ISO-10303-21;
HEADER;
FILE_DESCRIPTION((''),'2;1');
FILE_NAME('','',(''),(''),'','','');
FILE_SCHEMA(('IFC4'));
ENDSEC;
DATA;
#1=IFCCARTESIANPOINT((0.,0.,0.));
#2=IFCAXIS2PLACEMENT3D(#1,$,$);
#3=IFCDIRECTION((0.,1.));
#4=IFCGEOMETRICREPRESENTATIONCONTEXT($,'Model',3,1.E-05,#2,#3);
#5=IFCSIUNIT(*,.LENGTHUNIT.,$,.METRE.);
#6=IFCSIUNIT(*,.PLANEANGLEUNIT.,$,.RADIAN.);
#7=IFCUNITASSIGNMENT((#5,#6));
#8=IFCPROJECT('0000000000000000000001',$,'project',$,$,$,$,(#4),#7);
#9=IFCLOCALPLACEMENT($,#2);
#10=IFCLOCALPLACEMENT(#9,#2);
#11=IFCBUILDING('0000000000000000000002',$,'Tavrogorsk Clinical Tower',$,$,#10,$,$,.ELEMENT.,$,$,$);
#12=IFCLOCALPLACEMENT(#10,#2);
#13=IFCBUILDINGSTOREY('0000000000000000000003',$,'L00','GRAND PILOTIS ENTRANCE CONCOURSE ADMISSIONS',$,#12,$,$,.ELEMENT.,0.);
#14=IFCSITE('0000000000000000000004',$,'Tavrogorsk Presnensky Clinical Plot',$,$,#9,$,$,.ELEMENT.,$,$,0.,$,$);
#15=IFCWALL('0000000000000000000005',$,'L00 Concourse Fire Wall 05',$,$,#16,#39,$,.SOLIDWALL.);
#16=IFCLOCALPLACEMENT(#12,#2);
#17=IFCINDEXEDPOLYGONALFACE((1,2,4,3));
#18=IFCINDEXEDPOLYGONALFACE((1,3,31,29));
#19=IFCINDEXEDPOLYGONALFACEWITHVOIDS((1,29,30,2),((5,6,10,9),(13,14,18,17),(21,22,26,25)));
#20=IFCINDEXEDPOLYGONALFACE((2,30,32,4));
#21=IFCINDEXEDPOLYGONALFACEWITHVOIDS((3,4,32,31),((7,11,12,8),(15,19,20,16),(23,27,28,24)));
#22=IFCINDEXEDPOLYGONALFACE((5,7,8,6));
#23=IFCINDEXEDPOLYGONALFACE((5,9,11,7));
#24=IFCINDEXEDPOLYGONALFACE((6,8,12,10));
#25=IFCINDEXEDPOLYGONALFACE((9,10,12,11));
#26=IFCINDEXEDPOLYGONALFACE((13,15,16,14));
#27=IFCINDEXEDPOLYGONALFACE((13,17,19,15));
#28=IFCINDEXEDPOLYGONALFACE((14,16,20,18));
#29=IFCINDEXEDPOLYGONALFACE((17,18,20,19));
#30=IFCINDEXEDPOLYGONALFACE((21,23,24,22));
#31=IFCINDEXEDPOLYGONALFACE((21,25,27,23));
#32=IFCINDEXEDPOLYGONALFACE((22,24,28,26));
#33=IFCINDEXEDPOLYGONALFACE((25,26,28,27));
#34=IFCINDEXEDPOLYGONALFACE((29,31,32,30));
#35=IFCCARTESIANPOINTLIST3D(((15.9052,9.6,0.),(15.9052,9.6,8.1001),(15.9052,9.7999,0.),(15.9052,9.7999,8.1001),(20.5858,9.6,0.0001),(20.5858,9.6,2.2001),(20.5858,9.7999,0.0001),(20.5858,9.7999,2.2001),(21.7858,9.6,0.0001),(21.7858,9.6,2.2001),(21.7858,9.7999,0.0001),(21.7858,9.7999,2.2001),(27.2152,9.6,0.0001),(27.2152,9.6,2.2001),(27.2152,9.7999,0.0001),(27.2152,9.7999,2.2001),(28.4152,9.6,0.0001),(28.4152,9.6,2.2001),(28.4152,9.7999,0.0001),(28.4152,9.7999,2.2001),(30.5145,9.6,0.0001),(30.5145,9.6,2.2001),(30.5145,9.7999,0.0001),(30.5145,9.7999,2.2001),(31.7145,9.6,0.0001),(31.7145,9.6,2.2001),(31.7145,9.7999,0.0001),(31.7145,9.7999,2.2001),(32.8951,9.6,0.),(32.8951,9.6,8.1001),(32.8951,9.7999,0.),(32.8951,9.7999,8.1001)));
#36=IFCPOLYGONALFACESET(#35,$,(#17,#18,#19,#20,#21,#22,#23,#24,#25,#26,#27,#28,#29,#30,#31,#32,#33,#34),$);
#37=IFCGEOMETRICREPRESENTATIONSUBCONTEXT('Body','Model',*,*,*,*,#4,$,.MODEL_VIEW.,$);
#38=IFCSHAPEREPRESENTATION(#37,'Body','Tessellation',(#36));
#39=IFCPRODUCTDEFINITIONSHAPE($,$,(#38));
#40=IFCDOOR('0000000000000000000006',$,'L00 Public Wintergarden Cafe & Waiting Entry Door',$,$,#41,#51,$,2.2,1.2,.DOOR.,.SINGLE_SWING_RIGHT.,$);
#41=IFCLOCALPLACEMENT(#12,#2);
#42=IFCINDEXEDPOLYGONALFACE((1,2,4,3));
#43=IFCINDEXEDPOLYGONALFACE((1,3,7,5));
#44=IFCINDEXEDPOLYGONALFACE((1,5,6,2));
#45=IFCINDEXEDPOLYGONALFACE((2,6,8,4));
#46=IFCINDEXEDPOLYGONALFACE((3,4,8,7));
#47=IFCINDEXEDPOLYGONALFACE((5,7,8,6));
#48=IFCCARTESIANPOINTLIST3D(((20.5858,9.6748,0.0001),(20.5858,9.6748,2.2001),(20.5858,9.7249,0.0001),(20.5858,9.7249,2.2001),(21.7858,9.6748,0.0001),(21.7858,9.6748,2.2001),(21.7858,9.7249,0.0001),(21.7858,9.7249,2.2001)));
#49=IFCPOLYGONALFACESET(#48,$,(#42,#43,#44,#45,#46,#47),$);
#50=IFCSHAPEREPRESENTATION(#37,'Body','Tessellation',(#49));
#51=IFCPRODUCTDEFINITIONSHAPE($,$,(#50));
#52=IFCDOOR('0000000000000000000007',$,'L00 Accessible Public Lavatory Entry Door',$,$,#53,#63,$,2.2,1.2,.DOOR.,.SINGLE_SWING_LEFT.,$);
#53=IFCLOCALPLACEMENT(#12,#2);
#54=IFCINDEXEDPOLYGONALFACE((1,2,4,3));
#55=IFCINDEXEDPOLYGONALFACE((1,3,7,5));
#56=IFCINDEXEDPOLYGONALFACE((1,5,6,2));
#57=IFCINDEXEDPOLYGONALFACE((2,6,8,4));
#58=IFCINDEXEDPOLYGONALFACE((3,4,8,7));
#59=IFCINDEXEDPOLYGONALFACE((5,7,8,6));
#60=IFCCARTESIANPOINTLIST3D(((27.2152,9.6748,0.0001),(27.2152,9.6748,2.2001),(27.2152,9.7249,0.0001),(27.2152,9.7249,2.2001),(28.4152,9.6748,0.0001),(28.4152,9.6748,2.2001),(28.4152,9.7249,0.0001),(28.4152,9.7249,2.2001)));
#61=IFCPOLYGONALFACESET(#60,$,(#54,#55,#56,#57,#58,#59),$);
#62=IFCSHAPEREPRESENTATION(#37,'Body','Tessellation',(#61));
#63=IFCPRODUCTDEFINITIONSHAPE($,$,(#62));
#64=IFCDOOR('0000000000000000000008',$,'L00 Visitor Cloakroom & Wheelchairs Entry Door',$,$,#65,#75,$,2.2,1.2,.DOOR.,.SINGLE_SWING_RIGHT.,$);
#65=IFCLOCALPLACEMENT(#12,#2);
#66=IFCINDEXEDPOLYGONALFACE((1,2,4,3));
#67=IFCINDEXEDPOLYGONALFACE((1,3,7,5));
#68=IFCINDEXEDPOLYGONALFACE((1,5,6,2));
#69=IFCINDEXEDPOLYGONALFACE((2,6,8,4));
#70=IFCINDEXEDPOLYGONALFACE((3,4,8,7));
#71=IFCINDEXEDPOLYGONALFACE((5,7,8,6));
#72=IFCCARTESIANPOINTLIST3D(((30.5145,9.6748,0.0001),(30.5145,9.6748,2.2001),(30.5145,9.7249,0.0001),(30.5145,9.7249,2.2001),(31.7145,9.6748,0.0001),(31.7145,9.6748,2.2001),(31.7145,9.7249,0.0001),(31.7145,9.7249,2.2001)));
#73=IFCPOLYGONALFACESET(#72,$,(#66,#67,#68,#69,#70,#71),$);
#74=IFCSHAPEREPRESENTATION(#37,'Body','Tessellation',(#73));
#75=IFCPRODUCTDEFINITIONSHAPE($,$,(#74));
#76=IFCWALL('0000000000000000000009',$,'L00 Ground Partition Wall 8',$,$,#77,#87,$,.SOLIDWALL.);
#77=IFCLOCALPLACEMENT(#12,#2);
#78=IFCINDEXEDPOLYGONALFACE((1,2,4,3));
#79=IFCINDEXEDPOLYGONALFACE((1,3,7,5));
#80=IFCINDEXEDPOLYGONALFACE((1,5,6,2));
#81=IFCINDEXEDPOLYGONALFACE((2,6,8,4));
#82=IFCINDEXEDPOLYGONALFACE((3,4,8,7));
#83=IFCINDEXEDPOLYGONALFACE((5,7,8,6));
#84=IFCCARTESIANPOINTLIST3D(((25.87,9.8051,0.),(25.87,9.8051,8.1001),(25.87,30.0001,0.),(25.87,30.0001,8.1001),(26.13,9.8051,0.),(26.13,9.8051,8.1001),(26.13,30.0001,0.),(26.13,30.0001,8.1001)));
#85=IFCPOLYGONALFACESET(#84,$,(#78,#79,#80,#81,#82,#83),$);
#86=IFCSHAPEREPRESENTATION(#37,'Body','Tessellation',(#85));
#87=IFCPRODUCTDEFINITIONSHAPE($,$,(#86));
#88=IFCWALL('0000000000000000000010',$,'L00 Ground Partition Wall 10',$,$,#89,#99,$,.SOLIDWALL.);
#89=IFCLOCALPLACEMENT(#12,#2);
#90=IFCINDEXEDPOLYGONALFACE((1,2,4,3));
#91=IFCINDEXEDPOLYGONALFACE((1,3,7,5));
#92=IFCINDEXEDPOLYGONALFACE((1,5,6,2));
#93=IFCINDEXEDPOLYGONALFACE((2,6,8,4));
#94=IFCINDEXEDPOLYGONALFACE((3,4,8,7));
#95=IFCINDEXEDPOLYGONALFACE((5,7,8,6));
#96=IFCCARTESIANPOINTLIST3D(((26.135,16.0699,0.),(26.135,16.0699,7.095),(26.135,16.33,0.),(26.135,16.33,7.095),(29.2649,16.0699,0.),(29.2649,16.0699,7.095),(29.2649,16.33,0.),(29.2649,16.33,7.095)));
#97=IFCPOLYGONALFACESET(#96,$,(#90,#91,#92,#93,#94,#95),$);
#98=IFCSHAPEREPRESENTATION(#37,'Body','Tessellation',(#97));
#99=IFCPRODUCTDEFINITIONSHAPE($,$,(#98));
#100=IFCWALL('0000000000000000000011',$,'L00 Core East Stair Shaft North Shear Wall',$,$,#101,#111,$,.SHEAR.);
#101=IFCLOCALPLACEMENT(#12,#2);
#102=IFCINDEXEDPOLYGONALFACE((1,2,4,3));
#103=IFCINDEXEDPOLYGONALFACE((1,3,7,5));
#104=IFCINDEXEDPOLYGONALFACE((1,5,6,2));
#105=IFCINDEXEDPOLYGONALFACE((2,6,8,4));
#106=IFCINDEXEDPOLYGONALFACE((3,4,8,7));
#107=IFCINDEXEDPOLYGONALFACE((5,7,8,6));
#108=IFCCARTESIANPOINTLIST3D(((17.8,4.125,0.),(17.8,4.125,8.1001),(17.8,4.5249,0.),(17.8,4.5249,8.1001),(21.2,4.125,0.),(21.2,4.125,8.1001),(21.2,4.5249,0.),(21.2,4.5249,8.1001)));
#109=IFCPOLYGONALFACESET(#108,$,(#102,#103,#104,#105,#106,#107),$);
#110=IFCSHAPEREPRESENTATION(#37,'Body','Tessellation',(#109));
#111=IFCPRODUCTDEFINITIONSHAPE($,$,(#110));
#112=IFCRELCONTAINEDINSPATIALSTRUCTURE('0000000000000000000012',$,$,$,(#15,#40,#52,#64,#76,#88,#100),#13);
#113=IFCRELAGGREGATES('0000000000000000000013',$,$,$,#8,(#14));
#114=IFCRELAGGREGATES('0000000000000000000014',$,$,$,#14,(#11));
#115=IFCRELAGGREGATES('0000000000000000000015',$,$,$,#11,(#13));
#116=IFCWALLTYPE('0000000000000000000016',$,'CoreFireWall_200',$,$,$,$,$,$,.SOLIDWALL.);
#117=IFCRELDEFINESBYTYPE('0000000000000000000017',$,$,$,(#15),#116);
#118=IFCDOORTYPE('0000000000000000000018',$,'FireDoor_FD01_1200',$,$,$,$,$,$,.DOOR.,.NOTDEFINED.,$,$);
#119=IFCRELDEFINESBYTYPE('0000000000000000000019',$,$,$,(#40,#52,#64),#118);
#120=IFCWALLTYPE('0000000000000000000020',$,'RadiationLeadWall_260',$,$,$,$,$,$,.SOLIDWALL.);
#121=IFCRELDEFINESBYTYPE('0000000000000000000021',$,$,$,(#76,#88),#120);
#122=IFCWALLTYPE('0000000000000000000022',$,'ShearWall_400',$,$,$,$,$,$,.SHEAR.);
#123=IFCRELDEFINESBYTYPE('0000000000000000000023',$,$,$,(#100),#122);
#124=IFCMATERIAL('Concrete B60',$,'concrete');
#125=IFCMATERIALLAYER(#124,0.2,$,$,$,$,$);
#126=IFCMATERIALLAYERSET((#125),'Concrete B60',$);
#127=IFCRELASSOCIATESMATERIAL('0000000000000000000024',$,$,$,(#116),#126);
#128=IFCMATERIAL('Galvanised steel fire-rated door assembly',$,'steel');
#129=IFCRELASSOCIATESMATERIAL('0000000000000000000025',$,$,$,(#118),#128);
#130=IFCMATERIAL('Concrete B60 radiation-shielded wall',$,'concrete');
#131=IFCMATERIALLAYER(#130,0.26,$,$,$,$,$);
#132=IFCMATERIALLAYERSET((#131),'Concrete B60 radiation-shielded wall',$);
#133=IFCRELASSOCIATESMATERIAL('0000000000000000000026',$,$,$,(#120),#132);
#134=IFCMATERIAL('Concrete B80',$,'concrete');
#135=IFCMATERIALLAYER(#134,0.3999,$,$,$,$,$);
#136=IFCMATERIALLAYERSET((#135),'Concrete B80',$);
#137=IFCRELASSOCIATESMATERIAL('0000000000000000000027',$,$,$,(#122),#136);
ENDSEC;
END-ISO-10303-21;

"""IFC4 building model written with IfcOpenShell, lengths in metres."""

from ifc_helpers import new_model, si_unit, direction, frame, frame_2d, origin, place, context, subcontext, project, spatial, rectangle, extrude, material, layer, layer_set, type_object, element, fill, save


model = new_model("IFC4")

# Units and contexts
model_context = context("Model", 3, precision=1e-05, world=origin(), true_north=direction((0.0, 1.0)))
body_context = subcontext(model_context, "Body", "Model", "MODEL_VIEW")
ifc_project = project(units=[si_unit("LENGTHUNIT", "METRE"), si_unit("PLANEANGLEUNIT", "RADIAN")], contexts=[model_context])

# Site, building, storey
site_placement = place(None, origin())
site = spatial("IfcSite", under=ifc_project, at=site_placement, Name="Tavrogorsk Presnensky Clinical Plot", CompositionType="ELEMENT", RefElevation=0.0)
building_placement = place(site_placement, origin())
building = spatial("IfcBuilding", under=site, at=building_placement, Name="Tavrogorsk Clinical Tower", CompositionType="ELEMENT")
storey_placement = place(building_placement, origin())
storey = spatial("IfcBuildingStorey", under=building, at=storey_placement, Name="L00", Description="GRAND PILOTIS ENTRANCE CONCOURSE ADMISSIONS", CompositionType="ELEMENT", Elevation=0.0)

# Shared definitions
ifc_material_1 = material(Name="Concrete B60", Category="concrete")
ifc_layer_1 = layer(ifc_material_1, 0.2)
ifc_layer_set_1 = layer_set([ifc_layer_1], Name="Concrete B60")
wall_type_1 = type_object("IfcWallType", Name="CoreFireWall_200", PredefinedType="SOLIDWALL", material=ifc_layer_set_1)

# Wall, openings, doors
wall_1_placement = place(storey_placement, frame((15.905, 9.7, 0.0), z_axis=(0.0, 0.0, 1.0), x_axis=(1.0, 0.0, 0.0)))
wall_1 = element("IfcWall", 1, at=wall_1_placement, inside=storey, type_object=wall_type_1, Name="L00 Concourse Fire Wall 05", PredefinedType="SOLIDWALL", context=body_context, shape_type="SweptSolid", body=[
    extrude(rectangle(XDim=16.99, YDim=0.2, at=frame_2d((8.4951, 0.0))), origin(), (0.0, 0.0, 1.0), 8.1001),
])
opening_1_placement = place(wall_1_placement, frame((4.6807, 0.0, 0.0)))
opening_1 = element("IfcOpeningElement", 2, at=opening_1_placement, cuts=wall_1, PredefinedType="OPENING", context=body_context, shape_type="SweptSolid", body=[
    extrude(rectangle(XDim=1.2, YDim=2.2, at=frame_2d((0.6001, 1.1001))), frame((0.0, 0.1099, 0.0), z_axis=(0.0, -1.0, 0.0), x_axis=(1.0, 0.0, 0.0)), (0.0, 0.0, 1.0), 0.22),
])
opening_2_placement = place(wall_1_placement, frame((11.3101, 0.0, 0.0)))
opening_2 = element("IfcOpeningElement", 3, at=opening_2_placement, cuts=wall_1, PredefinedType="OPENING", context=body_context, shape_type="SweptSolid", body=[
    extrude(rectangle(XDim=1.2, YDim=2.2, at=frame_2d((0.6001, 1.1001))), frame((0.0, 0.1099, 0.0), z_axis=(0.0, -1.0, 0.0), x_axis=(1.0, 0.0, 0.0)), (0.0, 0.0, 1.0), 0.22),
])
opening_3_placement = place(wall_1_placement, frame((14.6094, 0.0, 0.0)))
opening_3 = element("IfcOpeningElement", 4, at=opening_3_placement, cuts=wall_1, PredefinedType="OPENING", context=body_context, shape_type="SweptSolid", body=[
    extrude(rectangle(XDim=1.2, YDim=2.2, at=frame_2d((0.6001, 1.1001))), frame((0.0, 0.1099, 0.0), z_axis=(0.0, -1.0, 0.0), x_axis=(1.0, 0.0, 0.0)), (0.0, 0.0, 1.0), 0.22),
])
ifc_material_2 = material(Name="Galvanised steel fire-rated door assembly", Category="steel")
door_type = type_object("IfcDoorType", Name="FireDoor_FD01_1200", OperationType="NOTDEFINED", PredefinedType="DOOR", material=ifc_material_2)
door_1_placement = place(opening_1_placement, origin())
door_1 = element("IfcDoor", 5, at=door_1_placement, inside=storey, type_object=door_type, Name="L00 Public Wintergarden Cafe & Waiting Entry Door", OperationType="SINGLE_SWING_RIGHT", OverallHeight=2.2, OverallWidth=1.2, PredefinedType="DOOR", context=body_context, shape_type="SweptSolid", body=[
    extrude(rectangle(XDim=1.2, YDim=2.2, at=frame_2d((0.6001, 1.1001))), frame((0.0, 0.0249, 0.0), z_axis=(0.0, -1.0, 0.0), x_axis=(1.0, 0.0, 0.0)), (0.0, 0.0, 1.0), 0.05),
])
fill(opening_1, door_1)
door_2_placement = place(opening_2_placement, origin())
door_2 = element("IfcDoor", 6, at=door_2_placement, inside=storey, type_object=door_type, Name="L00 Accessible Public Lavatory Entry Door", OperationType="SINGLE_SWING_LEFT", OverallHeight=2.2, OverallWidth=1.2, PredefinedType="DOOR", context=body_context, shape_type="SweptSolid", body=[
    extrude(rectangle(XDim=1.2, YDim=2.2, at=frame_2d((0.6001, 1.1001))), frame((0.0, 0.0249, 0.0), z_axis=(0.0, -1.0, 0.0), x_axis=(1.0, 0.0, 0.0)), (0.0, 0.0, 1.0), 0.05),
])
fill(opening_2, door_2)
door_3_placement = place(opening_3_placement, origin())
door_3 = element("IfcDoor", 7, at=door_3_placement, inside=storey, type_object=door_type, Name="L00 Visitor Cloakroom & Wheelchairs Entry Door", OperationType="SINGLE_SWING_RIGHT", OverallHeight=2.2, OverallWidth=1.2, PredefinedType="DOOR", context=body_context, shape_type="SweptSolid", body=[
    extrude(rectangle(XDim=1.2, YDim=2.2, at=frame_2d((0.6001, 1.1001))), frame((0.0, 0.0249, 0.0), z_axis=(0.0, -1.0, 0.0), x_axis=(1.0, 0.0, 0.0)), (0.0, 0.0, 1.0), 0.05),
])
fill(opening_3, door_3)

# Walls
ifc_material_3 = material(Name="Concrete B60 radiation-shielded wall", Category="concrete")
ifc_layer_2 = layer(ifc_material_3, 0.26)
ifc_layer_set_2 = layer_set([ifc_layer_2], Name="Concrete B60 radiation-shielded wall")
wall_type_2 = type_object("IfcWallType", Name="RadiationLeadWall_260", PredefinedType="SOLIDWALL", material=ifc_layer_set_2)
wall_2_placement = place(storey_placement, frame((26.0, 9.8049, 0.0), z_axis=(0.0, 0.0, 1.0), x_axis=(0.0, 1.0, 0.0)))
element("IfcWall", 8, at=wall_2_placement, inside=storey, type_object=wall_type_2, Name="L00 Ground Partition Wall 8", PredefinedType="SOLIDWALL", context=body_context, shape_type="SweptSolid", body=[
    extrude(rectangle(XDim=20.1951, YDim=0.26, at=frame_2d((10.0977, 0.0))), origin(), (0.0, 0.0, 1.0), 8.1001),
])
wall_3_placement = place(storey_placement, frame((26.135, 16.2, 0.0), z_axis=(0.0, 0.0, 1.0), x_axis=(1.0, 0.0, 0.0)))
element("IfcWall", 9, at=wall_3_placement, inside=storey, type_object=wall_type_2, Name="L00 Ground Partition Wall 10", PredefinedType="SOLIDWALL", context=body_context, shape_type="SweptSolid", body=[
    extrude(rectangle(XDim=3.1299, YDim=0.26, at=frame_2d((1.5649, 0.0))), origin(), (0.0, 0.0, 1.0), 7.095),
])
ifc_material_4 = material(Name="Concrete B80", Category="concrete")
ifc_layer_3 = layer(ifc_material_4, 0.3999)
ifc_layer_set_3 = layer_set([ifc_layer_3], Name="Concrete B80")
wall_type_3 = type_object("IfcWallType", Name="ShearWall_400", PredefinedType="SHEAR", material=ifc_layer_set_3)
wall_4_placement = place(storey_placement, frame((17.8, 4.325, 0.0), z_axis=(0.0, 0.0, 1.0), x_axis=(1.0, 0.0, 0.0)))
element("IfcWall", 10, at=wall_4_placement, inside=storey, type_object=wall_type_3, Name="L00 Core East Stair Shaft North Shear Wall", PredefinedType="SHEAR", context=body_context, shape_type="SweptSolid", body=[
    extrude(rectangle(XDim=3.3999, YDim=0.3999, at=frame_2d((1.7, 0.0))), origin(), (0.0, 0.0, 1.0), 8.1001),
])

save(model, "model.ifc")
